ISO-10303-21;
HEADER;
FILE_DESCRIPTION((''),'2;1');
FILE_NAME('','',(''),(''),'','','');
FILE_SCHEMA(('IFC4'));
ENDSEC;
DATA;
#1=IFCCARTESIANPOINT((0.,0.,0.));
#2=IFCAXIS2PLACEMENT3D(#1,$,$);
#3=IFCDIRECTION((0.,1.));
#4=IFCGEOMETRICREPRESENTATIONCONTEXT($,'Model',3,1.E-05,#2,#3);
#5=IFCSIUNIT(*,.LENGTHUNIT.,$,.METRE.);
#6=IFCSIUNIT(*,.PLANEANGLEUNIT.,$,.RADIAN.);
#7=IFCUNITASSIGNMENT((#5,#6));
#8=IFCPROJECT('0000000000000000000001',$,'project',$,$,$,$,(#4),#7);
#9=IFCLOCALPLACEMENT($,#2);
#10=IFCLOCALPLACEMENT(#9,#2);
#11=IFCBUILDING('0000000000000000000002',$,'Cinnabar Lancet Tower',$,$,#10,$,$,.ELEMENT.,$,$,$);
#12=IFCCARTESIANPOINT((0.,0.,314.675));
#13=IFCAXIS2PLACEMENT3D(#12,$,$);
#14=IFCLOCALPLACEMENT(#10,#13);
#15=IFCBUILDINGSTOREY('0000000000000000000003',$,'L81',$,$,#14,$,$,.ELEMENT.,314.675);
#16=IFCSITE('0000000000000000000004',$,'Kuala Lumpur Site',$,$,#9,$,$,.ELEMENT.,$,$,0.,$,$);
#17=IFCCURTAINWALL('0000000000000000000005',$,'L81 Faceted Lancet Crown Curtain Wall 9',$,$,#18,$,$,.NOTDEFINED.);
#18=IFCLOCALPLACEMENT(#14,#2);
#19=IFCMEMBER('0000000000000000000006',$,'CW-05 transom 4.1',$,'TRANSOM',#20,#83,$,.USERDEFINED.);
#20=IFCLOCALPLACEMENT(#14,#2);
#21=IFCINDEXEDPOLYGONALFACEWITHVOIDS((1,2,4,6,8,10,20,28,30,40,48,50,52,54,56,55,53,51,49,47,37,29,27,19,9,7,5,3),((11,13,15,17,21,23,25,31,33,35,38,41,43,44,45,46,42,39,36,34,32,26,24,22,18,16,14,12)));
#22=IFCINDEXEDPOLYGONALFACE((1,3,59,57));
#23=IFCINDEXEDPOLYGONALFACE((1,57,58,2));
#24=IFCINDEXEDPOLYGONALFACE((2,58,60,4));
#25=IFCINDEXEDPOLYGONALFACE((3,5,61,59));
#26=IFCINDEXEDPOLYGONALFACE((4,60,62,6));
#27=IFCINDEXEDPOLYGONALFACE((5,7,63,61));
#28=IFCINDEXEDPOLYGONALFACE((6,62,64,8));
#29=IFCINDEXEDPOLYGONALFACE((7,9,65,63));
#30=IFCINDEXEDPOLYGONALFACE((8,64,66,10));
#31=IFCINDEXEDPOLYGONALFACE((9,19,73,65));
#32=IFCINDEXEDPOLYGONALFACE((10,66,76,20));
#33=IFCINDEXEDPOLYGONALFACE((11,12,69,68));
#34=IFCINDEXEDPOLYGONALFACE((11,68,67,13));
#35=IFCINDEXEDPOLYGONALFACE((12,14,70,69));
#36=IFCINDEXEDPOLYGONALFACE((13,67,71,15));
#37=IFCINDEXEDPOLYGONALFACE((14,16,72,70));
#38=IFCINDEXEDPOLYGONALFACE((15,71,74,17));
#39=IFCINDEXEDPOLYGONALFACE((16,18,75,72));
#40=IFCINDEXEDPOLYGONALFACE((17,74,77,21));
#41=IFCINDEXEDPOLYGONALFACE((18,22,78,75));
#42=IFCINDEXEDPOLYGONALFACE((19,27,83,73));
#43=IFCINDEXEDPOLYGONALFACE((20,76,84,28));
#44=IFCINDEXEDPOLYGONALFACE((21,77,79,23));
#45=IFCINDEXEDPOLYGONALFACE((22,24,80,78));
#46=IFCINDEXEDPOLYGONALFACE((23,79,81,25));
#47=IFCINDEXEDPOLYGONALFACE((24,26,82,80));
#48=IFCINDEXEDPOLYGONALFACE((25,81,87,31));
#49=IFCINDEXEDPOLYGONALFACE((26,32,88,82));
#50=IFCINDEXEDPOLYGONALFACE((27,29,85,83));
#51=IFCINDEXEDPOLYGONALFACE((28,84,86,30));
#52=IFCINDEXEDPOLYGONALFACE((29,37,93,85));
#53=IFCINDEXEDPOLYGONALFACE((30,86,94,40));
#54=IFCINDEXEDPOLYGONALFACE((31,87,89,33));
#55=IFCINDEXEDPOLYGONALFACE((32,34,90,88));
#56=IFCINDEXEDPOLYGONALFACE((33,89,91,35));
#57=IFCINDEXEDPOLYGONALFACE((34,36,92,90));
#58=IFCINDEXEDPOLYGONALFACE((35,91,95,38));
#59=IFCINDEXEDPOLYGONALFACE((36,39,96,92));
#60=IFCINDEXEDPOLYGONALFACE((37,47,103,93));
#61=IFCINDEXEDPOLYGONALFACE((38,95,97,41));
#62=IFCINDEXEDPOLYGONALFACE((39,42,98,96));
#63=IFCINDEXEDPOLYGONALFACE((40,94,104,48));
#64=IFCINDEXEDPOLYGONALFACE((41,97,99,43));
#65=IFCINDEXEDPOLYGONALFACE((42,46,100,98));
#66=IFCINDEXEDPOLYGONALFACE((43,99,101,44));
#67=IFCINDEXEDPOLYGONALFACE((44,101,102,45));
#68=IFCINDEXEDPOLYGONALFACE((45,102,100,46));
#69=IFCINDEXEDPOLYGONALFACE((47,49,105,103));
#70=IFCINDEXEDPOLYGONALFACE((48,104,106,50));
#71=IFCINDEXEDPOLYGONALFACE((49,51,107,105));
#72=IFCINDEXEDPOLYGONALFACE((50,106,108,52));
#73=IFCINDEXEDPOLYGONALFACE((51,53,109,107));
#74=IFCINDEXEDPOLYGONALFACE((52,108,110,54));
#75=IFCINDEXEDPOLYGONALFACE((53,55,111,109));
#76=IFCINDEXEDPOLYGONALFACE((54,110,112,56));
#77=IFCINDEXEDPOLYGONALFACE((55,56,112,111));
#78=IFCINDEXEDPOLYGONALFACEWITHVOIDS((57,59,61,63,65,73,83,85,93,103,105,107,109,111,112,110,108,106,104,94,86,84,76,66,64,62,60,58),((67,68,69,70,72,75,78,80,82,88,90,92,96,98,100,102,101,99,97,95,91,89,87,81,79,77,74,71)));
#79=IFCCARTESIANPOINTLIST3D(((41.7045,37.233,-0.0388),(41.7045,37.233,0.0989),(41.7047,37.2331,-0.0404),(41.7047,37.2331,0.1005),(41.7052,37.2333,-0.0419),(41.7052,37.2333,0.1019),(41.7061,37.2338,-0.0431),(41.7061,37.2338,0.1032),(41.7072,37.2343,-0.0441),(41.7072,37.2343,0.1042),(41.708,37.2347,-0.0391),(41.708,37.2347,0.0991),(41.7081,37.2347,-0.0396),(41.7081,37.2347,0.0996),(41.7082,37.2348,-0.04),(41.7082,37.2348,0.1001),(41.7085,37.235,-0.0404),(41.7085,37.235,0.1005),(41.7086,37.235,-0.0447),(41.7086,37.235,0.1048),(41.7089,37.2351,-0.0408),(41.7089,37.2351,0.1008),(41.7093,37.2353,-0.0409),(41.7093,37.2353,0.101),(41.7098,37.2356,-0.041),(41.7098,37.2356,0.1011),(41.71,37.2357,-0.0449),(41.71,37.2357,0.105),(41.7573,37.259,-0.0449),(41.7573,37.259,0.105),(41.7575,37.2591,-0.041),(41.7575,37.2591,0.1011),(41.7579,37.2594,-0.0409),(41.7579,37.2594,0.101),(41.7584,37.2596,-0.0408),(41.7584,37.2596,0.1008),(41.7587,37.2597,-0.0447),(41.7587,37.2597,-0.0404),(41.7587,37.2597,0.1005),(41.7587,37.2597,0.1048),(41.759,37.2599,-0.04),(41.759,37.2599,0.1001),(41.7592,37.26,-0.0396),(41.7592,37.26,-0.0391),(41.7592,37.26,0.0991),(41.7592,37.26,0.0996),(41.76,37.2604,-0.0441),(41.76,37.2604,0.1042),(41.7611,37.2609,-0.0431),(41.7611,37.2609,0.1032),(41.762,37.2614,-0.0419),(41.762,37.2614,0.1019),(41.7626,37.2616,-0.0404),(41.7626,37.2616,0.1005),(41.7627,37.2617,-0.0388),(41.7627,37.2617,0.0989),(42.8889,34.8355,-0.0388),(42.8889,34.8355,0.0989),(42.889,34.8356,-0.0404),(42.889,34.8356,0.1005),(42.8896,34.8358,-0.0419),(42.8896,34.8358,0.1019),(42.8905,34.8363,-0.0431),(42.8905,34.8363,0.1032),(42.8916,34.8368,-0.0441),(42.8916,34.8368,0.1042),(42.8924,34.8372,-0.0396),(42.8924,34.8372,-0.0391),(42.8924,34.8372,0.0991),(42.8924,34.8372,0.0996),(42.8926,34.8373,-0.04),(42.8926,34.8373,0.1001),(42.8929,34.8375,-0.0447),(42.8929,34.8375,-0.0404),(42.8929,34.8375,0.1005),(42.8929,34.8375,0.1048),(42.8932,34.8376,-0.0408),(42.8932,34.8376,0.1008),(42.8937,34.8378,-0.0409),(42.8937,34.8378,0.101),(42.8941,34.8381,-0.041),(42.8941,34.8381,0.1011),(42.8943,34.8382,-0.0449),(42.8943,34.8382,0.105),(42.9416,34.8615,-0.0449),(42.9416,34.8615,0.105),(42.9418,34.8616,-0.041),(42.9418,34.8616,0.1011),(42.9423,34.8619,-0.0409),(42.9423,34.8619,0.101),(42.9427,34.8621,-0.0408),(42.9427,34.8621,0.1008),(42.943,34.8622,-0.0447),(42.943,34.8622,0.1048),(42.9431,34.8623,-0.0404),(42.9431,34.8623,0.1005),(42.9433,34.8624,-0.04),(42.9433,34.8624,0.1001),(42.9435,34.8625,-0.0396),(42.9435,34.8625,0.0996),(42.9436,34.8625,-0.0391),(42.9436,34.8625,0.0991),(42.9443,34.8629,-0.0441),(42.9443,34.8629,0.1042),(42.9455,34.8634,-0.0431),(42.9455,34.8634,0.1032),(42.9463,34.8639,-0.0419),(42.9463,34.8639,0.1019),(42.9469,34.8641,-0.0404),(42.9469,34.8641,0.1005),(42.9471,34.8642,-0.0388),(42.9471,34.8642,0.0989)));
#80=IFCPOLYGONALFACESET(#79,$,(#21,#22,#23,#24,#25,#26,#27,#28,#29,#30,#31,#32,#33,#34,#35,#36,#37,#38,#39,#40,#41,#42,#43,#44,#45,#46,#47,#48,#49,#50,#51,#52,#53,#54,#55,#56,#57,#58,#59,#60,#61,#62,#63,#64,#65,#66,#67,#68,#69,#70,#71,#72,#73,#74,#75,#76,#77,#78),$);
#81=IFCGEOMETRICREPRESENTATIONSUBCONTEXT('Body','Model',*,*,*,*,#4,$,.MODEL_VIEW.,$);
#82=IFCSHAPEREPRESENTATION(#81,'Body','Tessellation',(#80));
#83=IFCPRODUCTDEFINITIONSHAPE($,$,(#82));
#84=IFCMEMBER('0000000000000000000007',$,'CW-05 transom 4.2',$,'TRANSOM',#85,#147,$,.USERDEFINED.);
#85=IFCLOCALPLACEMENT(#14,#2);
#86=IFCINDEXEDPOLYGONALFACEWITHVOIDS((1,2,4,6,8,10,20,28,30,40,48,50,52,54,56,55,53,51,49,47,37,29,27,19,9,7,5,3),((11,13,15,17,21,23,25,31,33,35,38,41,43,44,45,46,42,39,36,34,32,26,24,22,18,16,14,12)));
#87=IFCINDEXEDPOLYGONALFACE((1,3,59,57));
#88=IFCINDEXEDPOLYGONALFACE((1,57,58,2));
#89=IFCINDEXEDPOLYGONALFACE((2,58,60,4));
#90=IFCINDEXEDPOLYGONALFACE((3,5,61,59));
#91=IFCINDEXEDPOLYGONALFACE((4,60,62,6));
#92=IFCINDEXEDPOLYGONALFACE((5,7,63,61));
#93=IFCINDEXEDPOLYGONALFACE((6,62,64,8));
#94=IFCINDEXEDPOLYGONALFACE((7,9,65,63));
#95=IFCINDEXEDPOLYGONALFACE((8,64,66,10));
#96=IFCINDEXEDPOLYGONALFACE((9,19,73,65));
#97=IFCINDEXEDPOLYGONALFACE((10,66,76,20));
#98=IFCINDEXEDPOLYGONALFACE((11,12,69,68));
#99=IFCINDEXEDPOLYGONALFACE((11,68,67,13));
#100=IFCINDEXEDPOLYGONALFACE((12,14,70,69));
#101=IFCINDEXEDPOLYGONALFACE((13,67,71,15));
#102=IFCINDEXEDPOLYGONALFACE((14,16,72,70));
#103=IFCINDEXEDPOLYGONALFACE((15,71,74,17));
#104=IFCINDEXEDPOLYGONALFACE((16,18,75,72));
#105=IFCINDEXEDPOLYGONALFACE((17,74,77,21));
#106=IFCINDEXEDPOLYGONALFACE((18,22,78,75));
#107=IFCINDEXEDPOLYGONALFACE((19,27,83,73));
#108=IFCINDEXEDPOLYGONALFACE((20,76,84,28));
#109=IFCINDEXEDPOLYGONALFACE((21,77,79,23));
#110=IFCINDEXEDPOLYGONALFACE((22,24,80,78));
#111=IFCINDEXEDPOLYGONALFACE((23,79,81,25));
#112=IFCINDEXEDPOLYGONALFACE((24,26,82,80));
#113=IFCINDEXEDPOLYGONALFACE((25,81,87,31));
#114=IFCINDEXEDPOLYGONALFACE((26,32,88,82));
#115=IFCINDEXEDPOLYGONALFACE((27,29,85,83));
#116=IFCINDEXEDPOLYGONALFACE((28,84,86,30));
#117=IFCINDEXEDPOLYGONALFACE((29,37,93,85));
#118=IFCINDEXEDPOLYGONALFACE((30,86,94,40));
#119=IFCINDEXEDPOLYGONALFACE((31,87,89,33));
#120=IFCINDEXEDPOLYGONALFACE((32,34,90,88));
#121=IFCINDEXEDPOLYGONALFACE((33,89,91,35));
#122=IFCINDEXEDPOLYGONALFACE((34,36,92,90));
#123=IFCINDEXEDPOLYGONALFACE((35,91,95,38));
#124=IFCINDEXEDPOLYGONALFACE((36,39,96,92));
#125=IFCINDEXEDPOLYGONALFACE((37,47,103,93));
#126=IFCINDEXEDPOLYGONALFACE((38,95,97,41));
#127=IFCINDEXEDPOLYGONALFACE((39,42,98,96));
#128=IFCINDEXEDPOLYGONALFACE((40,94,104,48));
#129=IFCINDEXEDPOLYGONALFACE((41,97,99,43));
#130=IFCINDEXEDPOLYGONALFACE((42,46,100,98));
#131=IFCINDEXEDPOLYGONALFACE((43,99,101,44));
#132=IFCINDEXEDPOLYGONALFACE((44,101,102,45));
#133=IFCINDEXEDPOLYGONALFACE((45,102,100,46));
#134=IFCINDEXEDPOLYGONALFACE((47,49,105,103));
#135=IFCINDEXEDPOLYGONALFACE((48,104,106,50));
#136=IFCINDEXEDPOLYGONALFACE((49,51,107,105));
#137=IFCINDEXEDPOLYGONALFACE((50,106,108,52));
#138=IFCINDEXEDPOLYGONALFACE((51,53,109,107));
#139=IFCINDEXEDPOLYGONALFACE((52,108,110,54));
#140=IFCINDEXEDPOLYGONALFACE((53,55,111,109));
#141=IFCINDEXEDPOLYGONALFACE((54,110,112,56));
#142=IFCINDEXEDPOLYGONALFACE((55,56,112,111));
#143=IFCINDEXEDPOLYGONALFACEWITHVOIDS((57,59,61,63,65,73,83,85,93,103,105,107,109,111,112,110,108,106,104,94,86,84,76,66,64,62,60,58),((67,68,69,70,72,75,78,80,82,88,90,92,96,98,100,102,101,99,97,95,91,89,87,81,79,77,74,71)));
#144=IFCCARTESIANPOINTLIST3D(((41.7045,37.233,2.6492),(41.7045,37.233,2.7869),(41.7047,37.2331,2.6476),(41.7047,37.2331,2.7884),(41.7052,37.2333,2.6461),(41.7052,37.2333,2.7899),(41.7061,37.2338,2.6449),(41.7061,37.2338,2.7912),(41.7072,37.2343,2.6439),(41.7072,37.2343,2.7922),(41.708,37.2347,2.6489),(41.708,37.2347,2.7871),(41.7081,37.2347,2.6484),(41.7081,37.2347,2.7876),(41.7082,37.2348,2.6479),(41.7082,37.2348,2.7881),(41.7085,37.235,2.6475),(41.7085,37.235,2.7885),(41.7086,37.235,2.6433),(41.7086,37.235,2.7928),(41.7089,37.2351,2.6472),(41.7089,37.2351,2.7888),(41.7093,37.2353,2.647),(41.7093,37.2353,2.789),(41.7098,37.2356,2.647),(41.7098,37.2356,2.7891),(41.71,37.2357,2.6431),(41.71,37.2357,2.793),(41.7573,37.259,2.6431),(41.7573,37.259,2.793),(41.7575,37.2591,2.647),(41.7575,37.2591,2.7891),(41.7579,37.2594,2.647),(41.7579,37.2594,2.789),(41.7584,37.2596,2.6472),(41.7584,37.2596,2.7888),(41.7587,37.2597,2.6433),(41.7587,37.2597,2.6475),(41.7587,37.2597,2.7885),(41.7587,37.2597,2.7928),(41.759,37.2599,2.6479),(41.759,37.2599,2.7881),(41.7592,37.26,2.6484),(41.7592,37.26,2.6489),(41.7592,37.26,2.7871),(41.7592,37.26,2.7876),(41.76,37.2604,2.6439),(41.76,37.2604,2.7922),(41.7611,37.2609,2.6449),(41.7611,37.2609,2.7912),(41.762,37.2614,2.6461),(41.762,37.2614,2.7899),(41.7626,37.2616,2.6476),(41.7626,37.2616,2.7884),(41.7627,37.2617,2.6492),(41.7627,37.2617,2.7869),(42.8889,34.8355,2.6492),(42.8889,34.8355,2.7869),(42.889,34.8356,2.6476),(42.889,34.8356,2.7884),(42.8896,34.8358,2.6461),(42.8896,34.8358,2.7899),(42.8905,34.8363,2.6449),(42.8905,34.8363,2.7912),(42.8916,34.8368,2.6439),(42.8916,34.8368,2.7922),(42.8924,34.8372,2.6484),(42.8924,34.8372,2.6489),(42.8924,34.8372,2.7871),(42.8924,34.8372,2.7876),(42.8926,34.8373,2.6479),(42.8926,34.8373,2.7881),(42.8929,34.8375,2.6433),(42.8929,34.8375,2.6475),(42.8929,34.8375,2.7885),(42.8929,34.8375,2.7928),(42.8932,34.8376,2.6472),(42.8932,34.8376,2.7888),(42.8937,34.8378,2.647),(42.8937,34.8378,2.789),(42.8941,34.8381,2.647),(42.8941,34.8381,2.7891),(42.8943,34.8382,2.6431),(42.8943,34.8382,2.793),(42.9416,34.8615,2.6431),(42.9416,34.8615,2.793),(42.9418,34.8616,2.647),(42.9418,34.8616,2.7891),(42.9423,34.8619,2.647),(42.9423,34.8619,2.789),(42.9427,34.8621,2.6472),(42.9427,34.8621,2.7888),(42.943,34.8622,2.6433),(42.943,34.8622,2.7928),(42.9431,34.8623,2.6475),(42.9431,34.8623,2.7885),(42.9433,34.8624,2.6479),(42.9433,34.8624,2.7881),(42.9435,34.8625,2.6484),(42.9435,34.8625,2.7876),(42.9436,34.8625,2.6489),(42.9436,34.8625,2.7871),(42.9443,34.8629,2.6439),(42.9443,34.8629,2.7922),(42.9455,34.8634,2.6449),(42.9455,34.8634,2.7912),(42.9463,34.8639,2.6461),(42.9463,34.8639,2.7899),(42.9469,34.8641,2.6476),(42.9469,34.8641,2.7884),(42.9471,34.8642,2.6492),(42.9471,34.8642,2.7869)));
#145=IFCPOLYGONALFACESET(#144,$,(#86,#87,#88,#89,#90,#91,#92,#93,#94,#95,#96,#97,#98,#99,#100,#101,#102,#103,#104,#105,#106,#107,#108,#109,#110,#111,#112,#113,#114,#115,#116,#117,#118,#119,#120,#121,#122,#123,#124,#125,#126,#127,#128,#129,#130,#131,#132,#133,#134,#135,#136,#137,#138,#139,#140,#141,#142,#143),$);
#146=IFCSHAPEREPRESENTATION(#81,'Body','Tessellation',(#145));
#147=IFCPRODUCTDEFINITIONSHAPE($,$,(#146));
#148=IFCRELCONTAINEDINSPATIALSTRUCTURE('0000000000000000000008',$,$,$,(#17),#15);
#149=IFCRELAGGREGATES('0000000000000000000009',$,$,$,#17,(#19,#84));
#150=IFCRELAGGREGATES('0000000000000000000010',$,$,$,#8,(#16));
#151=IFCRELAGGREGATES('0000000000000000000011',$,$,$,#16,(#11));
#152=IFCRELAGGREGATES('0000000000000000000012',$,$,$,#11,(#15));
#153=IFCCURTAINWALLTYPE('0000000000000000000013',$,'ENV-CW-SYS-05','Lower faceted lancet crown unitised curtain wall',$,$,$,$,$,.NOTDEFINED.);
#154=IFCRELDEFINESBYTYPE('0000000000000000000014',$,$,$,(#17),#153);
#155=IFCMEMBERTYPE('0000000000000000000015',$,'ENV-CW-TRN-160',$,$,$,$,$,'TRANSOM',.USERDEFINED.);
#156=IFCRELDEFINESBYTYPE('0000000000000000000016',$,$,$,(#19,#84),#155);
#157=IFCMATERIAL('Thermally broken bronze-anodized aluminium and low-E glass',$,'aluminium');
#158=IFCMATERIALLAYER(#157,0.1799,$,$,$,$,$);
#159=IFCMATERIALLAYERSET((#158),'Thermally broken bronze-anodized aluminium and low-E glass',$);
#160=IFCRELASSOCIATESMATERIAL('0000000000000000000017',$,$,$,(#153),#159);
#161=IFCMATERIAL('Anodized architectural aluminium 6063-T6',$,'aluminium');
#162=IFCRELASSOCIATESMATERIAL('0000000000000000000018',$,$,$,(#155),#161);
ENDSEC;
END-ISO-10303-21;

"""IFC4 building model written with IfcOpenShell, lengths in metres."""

from ifc_helpers import new_model, si_unit, direction, frame, origin, origin_2d, place, context, subcontext, project, spatial, hollow_rectangle, extrude, material, layer, layer_set, material_profile, profile_set, type_object, element, aggregate, save


model = new_model("IFC4")

# Units and contexts
model_context = context("Model", 3, precision=1e-05, world=origin(), true_north=direction((0.0, 1.0)))
body_context = subcontext(model_context, "Body", "Model", "MODEL_VIEW")
ifc_project = project(units=[si_unit("LENGTHUNIT", "METRE"), si_unit("PLANEANGLEUNIT", "RADIAN")], contexts=[model_context])

# Site, building, storey
site_placement = place(None, origin())
site = spatial("IfcSite", under=ifc_project, at=site_placement, Name="Kuala Lumpur Site", CompositionType="ELEMENT", RefElevation=0.0)
building_placement = place(site_placement, origin())
building = spatial("IfcBuilding", under=site, at=building_placement, Name="Cinnabar Lancet Tower", CompositionType="ELEMENT")
storey_placement = place(building_placement, frame((0.0, 0.0, 314.675)))
storey = spatial("IfcBuildingStorey", under=building, at=storey_placement, Name="L81", CompositionType="ELEMENT", Elevation=314.675)

# Curtain wall
ifc_material_1 = material(Name="Thermally broken bronze-anodized aluminium and low-E glass", Category="aluminium")
ifc_layer_1 = layer(ifc_material_1, 0.1799)
ifc_layer_set_1 = layer_set([ifc_layer_1], Name="Thermally broken bronze-anodized aluminium and low-E glass")
curtain_wall_type = type_object("IfcCurtainWallType", Name="ENV-CW-SYS-05", Description="Lower faceted lancet crown unitised curtain wall", PredefinedType="NOTDEFINED", material=ifc_layer_set_1)
curtain_wall_1_placement = place(storey_placement, origin())
curtain_wall_1 = element("IfcCurtainWall", 1, at=curtain_wall_1_placement, inside=storey, type_object=curtain_wall_type, Name="L81 Faceted Lancet Crown Curtain Wall 9", PredefinedType="NOTDEFINED")

# Members
ifc_material_2 = material(Name="Anodized architectural aluminium 6063-T6", Category="aluminium")
ifc_material_profile_1 = material_profile(ifc_material_2, hollow_rectangle(XDim=0.0649, YDim=0.1499, WallThickness=0.0039, InnerFilletRadius=0.002, OuterFilletRadius=0.0061, at=origin_2d()), Name="CW-TRN 150x65x4")
ifc_profile_set_1 = profile_set([ifc_material_profile_1], Name="Anodized architectural aluminium 6063-T6")
member_type_1 = type_object("IfcMemberType", Name="ENV-CW-TRN-160", ElementType="TRANSOM", PredefinedType="USERDEFINED", material=ifc_profile_set_1)
member_1_placement = place(storey_placement, frame((42.918, 34.8499, 0.03), z_axis=(-0.442899, 0.896572, 0.0), x_axis=(-0.896572, -0.442899, 0.0)))
member_1 = element("IfcMember", 2, at=member_1_placement, type_object=member_type_1, Name="CW-05 transom 4.1", ObjectType="TRANSOM", PredefinedType="USERDEFINED", context=body_context, shape_type="SweptSolid", body=[
    extrude(hollow_rectangle(XDim=0.0649, YDim=0.1499, WallThickness=0.0039, InnerFilletRadius=0.002, OuterFilletRadius=0.0061, at=origin_2d()), origin(), (0.0, 0.0, 1.0), 2.6741),
])
member_2_placement = place(storey_placement, frame((42.918, 34.8499, 2.718), z_axis=(-0.442899, 0.896572, 0.0), x_axis=(-0.896572, -0.442899, 0.0)))
member_2 = element("IfcMember", 3, at=member_2_placement, type_object=member_type_1, Name="CW-05 transom 4.2", ObjectType="TRANSOM", PredefinedType="USERDEFINED", context=body_context, shape_type="SweptSolid", body=[
    extrude(hollow_rectangle(XDim=0.0649, YDim=0.1499, WallThickness=0.0039, InnerFilletRadius=0.002, OuterFilletRadius=0.0061, at=origin_2d()), origin(), (0.0, 0.0, 1.0), 2.6741),
])

aggregate(curtain_wall_1, [member_1, member_2])

save(model, "model.ifc")
